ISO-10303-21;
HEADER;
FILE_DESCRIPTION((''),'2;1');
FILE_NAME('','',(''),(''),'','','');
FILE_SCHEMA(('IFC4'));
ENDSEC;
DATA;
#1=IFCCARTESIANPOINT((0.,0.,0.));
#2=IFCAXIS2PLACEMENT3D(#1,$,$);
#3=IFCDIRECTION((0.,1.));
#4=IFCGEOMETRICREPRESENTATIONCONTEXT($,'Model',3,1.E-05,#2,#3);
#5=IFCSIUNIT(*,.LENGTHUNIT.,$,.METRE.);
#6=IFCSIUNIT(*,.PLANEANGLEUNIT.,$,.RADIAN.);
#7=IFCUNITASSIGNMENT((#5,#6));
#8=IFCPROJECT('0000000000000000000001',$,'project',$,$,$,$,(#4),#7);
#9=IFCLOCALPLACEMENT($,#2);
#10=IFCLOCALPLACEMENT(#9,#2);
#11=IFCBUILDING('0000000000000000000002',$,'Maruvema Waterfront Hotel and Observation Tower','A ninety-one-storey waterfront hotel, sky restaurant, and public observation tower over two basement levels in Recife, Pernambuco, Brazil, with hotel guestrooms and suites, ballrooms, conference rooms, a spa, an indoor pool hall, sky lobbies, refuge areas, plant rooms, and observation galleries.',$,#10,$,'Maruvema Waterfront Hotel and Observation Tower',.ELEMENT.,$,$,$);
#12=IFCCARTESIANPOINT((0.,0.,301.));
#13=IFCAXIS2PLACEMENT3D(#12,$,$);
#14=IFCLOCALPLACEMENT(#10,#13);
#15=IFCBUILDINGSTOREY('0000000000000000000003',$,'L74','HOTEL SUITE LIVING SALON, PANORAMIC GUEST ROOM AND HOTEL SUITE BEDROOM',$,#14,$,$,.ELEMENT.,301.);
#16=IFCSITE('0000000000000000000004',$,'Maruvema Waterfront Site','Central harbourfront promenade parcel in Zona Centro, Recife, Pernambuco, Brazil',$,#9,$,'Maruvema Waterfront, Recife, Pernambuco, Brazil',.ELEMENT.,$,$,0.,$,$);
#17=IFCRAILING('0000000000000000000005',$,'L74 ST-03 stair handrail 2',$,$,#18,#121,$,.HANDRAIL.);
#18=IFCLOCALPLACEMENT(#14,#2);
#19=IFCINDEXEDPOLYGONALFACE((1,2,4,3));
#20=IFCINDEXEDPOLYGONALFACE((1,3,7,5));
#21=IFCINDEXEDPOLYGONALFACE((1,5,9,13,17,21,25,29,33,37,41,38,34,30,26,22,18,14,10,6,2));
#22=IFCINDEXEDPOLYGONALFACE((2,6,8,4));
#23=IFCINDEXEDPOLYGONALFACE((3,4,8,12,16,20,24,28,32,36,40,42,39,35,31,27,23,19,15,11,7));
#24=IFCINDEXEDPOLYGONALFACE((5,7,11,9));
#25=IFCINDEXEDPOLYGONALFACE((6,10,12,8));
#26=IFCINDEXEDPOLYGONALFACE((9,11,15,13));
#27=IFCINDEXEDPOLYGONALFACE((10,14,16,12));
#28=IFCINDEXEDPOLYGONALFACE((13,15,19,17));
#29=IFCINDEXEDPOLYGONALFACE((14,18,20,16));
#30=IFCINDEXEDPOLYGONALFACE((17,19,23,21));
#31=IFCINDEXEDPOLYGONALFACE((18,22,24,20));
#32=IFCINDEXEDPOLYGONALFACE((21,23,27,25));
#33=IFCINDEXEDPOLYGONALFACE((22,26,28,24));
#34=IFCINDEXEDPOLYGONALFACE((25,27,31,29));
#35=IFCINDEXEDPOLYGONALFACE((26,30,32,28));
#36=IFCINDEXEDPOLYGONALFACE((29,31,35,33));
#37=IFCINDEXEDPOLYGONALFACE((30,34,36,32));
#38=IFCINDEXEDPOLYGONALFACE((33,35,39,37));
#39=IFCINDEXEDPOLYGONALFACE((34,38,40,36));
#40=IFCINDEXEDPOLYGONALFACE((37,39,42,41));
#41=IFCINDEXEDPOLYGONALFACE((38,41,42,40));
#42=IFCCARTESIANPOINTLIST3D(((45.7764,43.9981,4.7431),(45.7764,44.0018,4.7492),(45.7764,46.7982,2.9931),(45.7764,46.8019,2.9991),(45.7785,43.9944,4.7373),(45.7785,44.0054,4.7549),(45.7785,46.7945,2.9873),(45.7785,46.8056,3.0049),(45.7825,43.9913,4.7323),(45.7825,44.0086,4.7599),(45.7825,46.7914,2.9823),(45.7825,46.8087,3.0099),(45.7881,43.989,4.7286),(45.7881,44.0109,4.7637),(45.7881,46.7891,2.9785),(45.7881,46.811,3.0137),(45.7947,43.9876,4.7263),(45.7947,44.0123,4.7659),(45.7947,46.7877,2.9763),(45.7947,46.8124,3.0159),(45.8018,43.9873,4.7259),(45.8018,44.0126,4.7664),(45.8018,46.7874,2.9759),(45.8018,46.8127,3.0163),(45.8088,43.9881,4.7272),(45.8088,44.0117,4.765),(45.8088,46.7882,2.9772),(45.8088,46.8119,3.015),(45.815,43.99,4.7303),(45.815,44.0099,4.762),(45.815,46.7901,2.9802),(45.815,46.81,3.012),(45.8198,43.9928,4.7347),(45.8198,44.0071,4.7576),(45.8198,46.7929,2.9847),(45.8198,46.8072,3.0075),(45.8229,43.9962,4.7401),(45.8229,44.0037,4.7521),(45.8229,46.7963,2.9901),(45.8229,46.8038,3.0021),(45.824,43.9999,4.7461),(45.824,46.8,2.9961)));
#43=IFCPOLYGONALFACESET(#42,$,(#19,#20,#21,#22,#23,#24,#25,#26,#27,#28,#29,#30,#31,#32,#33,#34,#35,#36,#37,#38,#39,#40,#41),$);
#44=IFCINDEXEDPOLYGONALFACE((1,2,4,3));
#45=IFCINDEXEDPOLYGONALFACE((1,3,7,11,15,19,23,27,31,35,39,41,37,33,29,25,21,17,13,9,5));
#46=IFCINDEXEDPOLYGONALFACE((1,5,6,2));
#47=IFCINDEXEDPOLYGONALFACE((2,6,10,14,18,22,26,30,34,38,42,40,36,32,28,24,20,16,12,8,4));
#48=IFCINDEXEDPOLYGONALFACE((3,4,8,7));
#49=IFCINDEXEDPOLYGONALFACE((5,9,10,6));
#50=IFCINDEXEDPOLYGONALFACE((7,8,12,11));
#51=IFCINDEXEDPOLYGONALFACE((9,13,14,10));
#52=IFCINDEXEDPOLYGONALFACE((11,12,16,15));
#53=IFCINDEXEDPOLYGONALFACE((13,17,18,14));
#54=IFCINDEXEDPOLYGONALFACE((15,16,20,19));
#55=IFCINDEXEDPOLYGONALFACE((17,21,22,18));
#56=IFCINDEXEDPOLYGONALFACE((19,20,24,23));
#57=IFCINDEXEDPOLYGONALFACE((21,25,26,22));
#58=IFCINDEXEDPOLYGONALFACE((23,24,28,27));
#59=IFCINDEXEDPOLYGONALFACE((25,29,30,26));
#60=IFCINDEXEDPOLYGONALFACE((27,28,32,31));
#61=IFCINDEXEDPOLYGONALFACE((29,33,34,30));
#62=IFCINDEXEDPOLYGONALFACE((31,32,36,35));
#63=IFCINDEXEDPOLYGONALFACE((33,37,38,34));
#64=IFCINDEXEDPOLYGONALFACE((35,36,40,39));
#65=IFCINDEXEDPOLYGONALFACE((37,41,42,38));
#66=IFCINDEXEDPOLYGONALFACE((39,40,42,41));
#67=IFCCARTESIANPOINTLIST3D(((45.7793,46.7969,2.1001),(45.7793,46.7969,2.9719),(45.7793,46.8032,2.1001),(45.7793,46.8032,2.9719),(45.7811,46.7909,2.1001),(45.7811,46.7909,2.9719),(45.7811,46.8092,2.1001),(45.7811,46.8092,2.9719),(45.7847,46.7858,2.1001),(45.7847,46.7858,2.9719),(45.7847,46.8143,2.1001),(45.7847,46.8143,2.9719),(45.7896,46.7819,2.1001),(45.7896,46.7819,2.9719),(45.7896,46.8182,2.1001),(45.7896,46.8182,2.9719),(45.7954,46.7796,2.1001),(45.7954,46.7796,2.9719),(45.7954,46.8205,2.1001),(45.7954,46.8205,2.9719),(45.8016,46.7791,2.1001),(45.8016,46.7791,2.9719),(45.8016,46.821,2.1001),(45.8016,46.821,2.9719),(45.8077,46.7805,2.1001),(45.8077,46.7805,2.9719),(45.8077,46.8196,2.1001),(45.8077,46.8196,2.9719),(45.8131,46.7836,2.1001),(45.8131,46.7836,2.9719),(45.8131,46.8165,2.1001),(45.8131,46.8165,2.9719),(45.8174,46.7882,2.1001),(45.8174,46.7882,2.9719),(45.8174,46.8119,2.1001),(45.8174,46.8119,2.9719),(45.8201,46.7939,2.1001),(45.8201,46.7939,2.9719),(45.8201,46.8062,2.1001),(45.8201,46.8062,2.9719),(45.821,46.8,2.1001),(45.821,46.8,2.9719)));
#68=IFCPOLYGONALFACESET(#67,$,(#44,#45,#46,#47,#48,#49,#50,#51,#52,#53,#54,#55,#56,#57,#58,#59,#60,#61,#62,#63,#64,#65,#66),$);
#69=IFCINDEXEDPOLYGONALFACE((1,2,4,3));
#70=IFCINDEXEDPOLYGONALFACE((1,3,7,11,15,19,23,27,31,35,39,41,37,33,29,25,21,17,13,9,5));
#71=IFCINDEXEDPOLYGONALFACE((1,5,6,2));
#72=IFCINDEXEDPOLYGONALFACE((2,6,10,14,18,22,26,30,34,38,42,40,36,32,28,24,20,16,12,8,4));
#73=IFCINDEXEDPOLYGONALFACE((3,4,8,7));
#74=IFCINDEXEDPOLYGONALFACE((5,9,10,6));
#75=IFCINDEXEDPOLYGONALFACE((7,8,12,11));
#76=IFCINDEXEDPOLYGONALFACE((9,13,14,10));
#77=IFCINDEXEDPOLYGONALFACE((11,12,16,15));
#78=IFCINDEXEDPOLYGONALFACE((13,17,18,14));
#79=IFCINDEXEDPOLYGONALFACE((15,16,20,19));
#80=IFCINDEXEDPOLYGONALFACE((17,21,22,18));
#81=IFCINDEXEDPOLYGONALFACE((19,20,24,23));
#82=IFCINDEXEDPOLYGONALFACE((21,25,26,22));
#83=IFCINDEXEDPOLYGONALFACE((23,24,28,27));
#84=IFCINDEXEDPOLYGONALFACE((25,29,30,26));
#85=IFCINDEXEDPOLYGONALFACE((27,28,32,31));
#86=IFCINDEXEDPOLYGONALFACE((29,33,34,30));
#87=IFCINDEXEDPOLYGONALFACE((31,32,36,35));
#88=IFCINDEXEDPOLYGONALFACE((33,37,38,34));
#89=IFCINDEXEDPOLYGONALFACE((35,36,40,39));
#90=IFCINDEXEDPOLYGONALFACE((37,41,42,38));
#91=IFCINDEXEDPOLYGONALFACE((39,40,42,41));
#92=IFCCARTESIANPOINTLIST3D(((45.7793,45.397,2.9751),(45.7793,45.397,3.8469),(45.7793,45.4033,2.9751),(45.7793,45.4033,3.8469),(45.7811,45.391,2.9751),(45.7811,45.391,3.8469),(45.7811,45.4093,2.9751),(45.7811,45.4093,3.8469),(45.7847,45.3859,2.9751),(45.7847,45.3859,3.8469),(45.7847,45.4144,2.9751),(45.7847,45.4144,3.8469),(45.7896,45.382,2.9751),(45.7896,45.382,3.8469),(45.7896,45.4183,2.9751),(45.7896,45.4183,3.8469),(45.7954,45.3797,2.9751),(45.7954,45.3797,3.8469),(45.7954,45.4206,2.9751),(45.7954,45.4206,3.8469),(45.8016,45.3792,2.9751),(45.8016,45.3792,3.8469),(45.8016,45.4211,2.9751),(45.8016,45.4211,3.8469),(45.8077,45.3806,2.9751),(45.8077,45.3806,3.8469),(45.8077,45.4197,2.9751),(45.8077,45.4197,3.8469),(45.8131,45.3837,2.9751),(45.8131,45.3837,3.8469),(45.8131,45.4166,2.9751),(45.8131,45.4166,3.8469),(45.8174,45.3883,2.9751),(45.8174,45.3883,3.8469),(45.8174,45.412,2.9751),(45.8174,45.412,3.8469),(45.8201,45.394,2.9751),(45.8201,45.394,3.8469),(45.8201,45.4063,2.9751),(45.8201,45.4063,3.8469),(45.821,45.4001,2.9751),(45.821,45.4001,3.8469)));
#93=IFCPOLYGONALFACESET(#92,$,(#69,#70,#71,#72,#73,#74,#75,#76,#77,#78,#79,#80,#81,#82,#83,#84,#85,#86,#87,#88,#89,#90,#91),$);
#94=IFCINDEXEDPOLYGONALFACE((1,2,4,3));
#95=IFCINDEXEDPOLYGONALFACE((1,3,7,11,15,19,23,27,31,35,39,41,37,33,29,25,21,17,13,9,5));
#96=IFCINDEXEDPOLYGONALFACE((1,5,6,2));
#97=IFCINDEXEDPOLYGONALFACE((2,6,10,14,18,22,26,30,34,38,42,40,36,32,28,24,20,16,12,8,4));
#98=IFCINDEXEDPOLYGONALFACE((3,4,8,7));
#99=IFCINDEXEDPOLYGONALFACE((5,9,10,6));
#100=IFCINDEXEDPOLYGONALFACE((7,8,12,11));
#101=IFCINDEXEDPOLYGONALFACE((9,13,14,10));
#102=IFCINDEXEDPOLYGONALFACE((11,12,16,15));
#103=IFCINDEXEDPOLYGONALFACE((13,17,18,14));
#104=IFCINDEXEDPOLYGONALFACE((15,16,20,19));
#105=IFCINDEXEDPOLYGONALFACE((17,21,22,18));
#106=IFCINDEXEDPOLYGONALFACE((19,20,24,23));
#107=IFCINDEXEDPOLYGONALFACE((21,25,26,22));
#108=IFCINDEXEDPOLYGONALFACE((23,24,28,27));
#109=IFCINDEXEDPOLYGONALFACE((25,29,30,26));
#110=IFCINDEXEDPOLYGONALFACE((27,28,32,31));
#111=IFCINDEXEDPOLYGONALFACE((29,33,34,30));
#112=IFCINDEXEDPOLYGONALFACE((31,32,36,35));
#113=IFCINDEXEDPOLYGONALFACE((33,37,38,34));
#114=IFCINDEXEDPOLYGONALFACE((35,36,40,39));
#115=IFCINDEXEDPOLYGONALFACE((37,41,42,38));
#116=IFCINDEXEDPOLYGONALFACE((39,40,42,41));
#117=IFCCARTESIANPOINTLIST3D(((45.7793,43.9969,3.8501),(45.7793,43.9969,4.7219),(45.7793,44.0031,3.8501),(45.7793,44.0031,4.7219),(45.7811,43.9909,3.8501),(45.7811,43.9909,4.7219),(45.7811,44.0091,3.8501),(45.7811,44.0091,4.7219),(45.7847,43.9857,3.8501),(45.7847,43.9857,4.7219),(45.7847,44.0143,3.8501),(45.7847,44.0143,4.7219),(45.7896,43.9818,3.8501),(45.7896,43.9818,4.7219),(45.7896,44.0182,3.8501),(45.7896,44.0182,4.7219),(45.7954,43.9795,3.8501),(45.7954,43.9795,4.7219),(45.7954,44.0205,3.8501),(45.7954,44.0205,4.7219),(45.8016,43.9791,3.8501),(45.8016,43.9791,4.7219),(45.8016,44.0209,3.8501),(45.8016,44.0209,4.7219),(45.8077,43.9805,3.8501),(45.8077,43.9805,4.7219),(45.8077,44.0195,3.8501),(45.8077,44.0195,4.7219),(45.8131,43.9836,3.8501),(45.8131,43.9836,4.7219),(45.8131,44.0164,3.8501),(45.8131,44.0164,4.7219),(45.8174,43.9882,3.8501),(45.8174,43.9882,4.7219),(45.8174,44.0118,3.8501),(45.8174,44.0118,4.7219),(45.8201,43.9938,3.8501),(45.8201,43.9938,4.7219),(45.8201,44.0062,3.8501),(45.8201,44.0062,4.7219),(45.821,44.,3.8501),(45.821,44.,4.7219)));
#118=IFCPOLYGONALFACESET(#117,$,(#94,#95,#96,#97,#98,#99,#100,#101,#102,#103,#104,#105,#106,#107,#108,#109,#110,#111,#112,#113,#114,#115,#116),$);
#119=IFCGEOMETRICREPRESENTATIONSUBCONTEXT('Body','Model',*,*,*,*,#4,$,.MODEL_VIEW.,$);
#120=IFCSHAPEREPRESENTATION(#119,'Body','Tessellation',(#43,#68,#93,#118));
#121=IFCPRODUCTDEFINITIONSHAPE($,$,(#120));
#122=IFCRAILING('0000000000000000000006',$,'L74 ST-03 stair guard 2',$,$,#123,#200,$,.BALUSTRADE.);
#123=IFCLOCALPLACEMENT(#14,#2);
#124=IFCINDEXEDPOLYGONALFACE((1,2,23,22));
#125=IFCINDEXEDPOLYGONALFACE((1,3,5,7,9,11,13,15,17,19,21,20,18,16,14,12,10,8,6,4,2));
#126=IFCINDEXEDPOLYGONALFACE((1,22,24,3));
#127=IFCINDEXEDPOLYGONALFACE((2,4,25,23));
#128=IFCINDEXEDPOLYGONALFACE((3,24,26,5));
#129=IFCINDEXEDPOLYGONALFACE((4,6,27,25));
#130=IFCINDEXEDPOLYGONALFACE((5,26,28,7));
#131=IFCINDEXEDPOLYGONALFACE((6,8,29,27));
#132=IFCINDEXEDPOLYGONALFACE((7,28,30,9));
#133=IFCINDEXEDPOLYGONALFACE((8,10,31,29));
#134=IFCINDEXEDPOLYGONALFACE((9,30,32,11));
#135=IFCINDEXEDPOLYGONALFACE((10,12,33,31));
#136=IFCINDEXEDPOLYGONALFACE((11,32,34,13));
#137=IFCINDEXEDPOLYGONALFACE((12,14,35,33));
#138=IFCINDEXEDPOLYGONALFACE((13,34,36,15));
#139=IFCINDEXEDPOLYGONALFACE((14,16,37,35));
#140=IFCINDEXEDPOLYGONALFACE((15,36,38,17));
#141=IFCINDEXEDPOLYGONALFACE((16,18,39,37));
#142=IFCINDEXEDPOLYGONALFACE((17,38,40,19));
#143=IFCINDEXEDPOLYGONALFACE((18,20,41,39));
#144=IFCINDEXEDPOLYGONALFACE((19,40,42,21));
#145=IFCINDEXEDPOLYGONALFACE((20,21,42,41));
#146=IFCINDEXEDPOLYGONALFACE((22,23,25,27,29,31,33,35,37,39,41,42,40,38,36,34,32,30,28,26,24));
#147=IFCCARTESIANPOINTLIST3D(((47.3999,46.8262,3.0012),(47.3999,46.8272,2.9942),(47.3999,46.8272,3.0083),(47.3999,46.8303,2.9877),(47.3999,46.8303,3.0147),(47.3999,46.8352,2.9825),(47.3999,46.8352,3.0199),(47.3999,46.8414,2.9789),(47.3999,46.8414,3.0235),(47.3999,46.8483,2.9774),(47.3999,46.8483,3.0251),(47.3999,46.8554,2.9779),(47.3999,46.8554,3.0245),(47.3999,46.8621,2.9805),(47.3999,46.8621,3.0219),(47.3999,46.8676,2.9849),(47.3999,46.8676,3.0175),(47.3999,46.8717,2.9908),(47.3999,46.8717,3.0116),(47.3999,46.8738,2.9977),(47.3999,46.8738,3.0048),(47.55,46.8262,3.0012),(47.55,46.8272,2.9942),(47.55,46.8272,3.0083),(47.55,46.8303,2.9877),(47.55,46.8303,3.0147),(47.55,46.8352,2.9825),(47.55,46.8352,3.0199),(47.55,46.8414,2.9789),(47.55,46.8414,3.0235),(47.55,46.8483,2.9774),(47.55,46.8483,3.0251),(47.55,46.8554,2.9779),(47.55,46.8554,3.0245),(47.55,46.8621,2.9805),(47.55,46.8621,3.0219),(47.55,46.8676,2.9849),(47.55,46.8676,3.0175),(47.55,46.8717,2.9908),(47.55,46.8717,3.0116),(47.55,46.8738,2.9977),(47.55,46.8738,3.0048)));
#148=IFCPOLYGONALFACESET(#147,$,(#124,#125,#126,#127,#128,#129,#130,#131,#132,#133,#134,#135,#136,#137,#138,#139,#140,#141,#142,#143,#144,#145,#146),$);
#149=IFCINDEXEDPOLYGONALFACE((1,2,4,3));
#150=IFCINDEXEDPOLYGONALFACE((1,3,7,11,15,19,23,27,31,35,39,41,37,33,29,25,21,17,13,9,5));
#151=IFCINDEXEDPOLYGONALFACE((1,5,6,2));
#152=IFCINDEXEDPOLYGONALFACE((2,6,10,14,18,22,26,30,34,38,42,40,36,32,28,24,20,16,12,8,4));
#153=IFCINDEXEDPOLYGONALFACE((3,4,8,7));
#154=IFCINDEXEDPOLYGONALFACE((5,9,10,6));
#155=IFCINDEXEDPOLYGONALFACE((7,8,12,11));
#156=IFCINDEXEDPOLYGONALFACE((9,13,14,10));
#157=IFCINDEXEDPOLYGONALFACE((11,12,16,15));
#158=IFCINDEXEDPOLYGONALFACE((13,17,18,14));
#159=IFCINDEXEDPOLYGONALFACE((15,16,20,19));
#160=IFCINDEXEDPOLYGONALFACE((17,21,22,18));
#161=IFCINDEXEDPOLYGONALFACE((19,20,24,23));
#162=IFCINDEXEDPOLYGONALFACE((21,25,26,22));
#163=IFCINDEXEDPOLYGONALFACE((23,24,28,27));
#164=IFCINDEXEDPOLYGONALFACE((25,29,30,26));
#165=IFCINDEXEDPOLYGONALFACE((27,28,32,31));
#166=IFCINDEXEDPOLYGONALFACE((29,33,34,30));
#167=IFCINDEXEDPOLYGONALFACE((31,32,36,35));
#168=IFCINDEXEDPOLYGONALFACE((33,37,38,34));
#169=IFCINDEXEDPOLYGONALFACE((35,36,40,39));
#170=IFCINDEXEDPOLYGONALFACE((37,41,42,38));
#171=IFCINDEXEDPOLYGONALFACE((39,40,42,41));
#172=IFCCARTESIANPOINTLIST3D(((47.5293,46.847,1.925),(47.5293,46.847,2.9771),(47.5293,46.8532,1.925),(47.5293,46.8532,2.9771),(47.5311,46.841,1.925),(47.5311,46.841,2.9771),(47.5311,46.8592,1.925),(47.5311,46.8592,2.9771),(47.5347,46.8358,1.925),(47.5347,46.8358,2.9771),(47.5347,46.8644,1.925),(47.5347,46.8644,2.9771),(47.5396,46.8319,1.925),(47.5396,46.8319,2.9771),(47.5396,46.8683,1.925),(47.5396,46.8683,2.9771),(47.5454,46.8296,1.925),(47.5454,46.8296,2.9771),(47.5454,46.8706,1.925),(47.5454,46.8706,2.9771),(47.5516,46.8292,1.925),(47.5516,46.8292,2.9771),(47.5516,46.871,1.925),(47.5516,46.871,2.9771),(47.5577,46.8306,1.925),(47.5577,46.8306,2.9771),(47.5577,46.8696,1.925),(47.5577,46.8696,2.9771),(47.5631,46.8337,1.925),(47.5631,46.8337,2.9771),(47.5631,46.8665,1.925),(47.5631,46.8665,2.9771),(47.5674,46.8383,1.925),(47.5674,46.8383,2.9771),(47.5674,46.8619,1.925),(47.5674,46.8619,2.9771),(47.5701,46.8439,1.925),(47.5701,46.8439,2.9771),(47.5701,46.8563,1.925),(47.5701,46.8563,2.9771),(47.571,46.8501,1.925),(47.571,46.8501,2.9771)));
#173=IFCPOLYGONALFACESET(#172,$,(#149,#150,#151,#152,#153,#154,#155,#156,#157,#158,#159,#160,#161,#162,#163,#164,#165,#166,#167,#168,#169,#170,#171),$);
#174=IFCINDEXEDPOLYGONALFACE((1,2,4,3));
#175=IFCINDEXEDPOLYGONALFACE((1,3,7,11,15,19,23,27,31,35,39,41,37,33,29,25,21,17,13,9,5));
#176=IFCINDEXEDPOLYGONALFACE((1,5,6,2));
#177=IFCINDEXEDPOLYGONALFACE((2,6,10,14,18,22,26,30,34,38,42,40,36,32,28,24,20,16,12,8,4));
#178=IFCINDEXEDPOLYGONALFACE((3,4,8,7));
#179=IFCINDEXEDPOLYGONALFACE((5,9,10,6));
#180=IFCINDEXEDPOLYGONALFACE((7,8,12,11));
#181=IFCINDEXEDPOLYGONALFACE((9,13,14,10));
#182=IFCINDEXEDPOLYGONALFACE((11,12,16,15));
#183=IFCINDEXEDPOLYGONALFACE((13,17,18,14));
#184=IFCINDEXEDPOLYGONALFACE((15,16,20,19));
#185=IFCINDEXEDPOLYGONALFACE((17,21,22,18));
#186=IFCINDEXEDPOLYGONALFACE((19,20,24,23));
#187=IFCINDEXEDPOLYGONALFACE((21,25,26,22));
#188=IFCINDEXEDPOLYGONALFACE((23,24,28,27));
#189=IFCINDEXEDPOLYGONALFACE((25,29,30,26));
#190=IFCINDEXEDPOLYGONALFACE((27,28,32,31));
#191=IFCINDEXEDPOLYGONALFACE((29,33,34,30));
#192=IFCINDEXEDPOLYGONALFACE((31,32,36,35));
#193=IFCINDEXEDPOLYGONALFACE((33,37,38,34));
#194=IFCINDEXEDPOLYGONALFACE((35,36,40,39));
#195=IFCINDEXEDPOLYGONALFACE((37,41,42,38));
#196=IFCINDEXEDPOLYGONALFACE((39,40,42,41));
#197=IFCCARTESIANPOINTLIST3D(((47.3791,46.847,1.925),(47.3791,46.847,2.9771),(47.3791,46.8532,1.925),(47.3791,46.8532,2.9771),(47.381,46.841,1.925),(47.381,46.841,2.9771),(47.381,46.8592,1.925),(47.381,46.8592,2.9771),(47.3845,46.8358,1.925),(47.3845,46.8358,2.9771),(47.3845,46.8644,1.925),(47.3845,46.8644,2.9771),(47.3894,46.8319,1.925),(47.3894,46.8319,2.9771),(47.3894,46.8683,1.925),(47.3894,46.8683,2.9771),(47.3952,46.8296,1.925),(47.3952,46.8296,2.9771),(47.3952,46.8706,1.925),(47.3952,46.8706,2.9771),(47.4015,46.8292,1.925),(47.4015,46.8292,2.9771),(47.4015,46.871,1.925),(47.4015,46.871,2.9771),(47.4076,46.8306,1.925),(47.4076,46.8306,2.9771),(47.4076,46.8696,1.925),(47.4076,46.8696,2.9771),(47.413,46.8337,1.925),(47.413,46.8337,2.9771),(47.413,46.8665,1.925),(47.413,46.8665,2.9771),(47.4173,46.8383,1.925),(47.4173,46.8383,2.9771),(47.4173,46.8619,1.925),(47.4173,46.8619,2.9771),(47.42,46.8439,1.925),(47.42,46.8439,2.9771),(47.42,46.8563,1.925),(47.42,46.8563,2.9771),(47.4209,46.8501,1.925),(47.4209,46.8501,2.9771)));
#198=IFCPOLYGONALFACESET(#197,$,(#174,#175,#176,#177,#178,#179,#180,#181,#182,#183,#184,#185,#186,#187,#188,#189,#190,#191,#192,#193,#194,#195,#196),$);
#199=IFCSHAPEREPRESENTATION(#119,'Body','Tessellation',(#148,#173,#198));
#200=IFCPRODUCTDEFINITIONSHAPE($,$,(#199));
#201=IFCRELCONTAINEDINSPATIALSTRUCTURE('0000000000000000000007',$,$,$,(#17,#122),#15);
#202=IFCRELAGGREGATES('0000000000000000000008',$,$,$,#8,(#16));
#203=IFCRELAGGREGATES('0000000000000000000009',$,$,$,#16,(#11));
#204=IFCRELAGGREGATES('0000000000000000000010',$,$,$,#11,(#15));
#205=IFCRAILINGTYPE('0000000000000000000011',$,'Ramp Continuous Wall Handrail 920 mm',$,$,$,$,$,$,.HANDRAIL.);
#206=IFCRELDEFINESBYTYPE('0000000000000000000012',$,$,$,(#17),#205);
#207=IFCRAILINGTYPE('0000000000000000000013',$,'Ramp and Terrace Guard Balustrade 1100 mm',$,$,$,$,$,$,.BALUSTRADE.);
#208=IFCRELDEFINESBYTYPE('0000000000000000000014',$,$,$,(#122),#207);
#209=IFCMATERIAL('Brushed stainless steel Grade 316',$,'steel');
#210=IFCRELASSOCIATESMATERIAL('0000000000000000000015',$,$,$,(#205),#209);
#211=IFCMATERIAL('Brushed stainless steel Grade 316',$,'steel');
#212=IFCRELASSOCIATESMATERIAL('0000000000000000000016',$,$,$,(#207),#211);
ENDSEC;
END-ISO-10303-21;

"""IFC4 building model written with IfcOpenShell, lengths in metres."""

from ifc_helpers import new_model, si_unit, direction, frame, origin, origin_2d, place, context, subcontext, project, spatial, circle, extrude, material, type_object, element, save


model = new_model("IFC4")

# Units and contexts
model_context = context("Model", 3, precision=1e-05, world=origin(), true_north=direction((0.0, 1.0)))
body_context = subcontext(model_context, "Body", "Model", "MODEL_VIEW")
ifc_project = project(units=[si_unit("LENGTHUNIT", "METRE"), si_unit("PLANEANGLEUNIT", "RADIAN")], contexts=[model_context])

# Site, building, storey
site_placement = place(None, origin())
site = spatial("IfcSite", under=ifc_project, at=site_placement, Name="Maruvema Waterfront Site", Description="Central harbourfront promenade parcel in Zona Centro, Recife, Pernambuco, Brazil", LongName="Maruvema Waterfront, Recife, Pernambuco, Brazil", CompositionType="ELEMENT", RefElevation=0.0)
building_placement = place(site_placement, origin())
building = spatial("IfcBuilding", under=site, at=building_placement, Name="Maruvema Waterfront Hotel and Observation Tower", Description="A ninety-one-storey waterfront hotel, sky restaurant, and public observation tower over two basement levels in Recife, Pernambuco, Brazil, with hotel guestrooms and suites, ballrooms, conference rooms, a spa, an indoor pool hall, sky lobbies, refuge areas, plant rooms, and observation galleries.", LongName="Maruvema Waterfront Hotel and Observation Tower", CompositionType="ELEMENT")
storey_placement = place(building_placement, frame((0.0, 0.0, 301.0)))
storey = spatial("IfcBuildingStorey", under=building, at=storey_placement, Name="L74", Description="HOTEL SUITE LIVING SALON, PANORAMIC GUEST ROOM AND HOTEL SUITE BEDROOM", CompositionType="ELEMENT", Elevation=301.0)

# Railings
ifc_material_1 = material(Name="Brushed stainless steel Grade 316", Category="steel")
railing_type_1 = type_object("IfcRailingType", Name="Ramp Continuous Wall Handrail 920 mm", PredefinedType="HANDRAIL", material=ifc_material_1)
railing_1_placement = place(storey_placement, frame((45.8, 46.8, 2.1001)))
element("IfcRailing", 1, at=railing_1_placement, inside=storey, type_object=railing_type_1, Name="L74 ST-03 stair handrail 2", PredefinedType="HANDRAIL", context=body_context, shape_type="SweptSolid", body=[
    extrude(circle(Radius=0.0239, at=origin_2d()), frame((0.0, 0.0, 0.896), z_axis=(0.0, -0.848002, 0.529992), x_axis=(1.0, 0.0, 0.0)), (0.0, 0.0, 1.0), 3.302),
    extrude(circle(Radius=0.021, at=origin_2d()), origin(), (0.0, 0.0, 1.0), 0.8718),
    extrude(circle(Radius=0.021, at=origin_2d()), frame((0.0, -1.3999, 0.875)), (0.0, 0.0, 1.0), 0.8718),
    extrude(circle(Radius=0.021, at=origin_2d()), frame((0.0, -2.8, 1.75)), (0.0, 0.0, 1.0), 0.8718),
])
ifc_material_2 = material(Name="Brushed stainless steel Grade 316", Category="steel")
railing_type_2 = type_object("IfcRailingType", Name="Ramp and Terrace Guard Balustrade 1100 mm", PredefinedType="BALUSTRADE", material=ifc_material_2)
railing_2_placement = place(storey_placement, frame((47.55, 46.8501, 1.925)))
element("IfcRailing", 2, at=railing_2_placement, inside=storey, type_object=railing_type_2, Name="L74 ST-03 stair guard 2", PredefinedType="BALUSTRADE", context=body_context, shape_type="SweptSolid", body=[
    extrude(circle(Radius=0.0239, at=origin_2d()), frame((0.0, 0.0, 1.0762), z_axis=(-1.0, 0.0, 0.0), x_axis=(0.0, -1.0, 0.0)), (0.0, 0.0, 1.0), 0.1501),
    extrude(circle(Radius=0.021, at=origin_2d()), origin(), (0.0, 0.0, 1.0), 1.052),
    extrude(circle(Radius=0.021, at=origin_2d()), frame((-0.1501, 0.0, 0.0)), (0.0, 0.0, 1.0), 1.052),
])

save(model, "model.ifc")
